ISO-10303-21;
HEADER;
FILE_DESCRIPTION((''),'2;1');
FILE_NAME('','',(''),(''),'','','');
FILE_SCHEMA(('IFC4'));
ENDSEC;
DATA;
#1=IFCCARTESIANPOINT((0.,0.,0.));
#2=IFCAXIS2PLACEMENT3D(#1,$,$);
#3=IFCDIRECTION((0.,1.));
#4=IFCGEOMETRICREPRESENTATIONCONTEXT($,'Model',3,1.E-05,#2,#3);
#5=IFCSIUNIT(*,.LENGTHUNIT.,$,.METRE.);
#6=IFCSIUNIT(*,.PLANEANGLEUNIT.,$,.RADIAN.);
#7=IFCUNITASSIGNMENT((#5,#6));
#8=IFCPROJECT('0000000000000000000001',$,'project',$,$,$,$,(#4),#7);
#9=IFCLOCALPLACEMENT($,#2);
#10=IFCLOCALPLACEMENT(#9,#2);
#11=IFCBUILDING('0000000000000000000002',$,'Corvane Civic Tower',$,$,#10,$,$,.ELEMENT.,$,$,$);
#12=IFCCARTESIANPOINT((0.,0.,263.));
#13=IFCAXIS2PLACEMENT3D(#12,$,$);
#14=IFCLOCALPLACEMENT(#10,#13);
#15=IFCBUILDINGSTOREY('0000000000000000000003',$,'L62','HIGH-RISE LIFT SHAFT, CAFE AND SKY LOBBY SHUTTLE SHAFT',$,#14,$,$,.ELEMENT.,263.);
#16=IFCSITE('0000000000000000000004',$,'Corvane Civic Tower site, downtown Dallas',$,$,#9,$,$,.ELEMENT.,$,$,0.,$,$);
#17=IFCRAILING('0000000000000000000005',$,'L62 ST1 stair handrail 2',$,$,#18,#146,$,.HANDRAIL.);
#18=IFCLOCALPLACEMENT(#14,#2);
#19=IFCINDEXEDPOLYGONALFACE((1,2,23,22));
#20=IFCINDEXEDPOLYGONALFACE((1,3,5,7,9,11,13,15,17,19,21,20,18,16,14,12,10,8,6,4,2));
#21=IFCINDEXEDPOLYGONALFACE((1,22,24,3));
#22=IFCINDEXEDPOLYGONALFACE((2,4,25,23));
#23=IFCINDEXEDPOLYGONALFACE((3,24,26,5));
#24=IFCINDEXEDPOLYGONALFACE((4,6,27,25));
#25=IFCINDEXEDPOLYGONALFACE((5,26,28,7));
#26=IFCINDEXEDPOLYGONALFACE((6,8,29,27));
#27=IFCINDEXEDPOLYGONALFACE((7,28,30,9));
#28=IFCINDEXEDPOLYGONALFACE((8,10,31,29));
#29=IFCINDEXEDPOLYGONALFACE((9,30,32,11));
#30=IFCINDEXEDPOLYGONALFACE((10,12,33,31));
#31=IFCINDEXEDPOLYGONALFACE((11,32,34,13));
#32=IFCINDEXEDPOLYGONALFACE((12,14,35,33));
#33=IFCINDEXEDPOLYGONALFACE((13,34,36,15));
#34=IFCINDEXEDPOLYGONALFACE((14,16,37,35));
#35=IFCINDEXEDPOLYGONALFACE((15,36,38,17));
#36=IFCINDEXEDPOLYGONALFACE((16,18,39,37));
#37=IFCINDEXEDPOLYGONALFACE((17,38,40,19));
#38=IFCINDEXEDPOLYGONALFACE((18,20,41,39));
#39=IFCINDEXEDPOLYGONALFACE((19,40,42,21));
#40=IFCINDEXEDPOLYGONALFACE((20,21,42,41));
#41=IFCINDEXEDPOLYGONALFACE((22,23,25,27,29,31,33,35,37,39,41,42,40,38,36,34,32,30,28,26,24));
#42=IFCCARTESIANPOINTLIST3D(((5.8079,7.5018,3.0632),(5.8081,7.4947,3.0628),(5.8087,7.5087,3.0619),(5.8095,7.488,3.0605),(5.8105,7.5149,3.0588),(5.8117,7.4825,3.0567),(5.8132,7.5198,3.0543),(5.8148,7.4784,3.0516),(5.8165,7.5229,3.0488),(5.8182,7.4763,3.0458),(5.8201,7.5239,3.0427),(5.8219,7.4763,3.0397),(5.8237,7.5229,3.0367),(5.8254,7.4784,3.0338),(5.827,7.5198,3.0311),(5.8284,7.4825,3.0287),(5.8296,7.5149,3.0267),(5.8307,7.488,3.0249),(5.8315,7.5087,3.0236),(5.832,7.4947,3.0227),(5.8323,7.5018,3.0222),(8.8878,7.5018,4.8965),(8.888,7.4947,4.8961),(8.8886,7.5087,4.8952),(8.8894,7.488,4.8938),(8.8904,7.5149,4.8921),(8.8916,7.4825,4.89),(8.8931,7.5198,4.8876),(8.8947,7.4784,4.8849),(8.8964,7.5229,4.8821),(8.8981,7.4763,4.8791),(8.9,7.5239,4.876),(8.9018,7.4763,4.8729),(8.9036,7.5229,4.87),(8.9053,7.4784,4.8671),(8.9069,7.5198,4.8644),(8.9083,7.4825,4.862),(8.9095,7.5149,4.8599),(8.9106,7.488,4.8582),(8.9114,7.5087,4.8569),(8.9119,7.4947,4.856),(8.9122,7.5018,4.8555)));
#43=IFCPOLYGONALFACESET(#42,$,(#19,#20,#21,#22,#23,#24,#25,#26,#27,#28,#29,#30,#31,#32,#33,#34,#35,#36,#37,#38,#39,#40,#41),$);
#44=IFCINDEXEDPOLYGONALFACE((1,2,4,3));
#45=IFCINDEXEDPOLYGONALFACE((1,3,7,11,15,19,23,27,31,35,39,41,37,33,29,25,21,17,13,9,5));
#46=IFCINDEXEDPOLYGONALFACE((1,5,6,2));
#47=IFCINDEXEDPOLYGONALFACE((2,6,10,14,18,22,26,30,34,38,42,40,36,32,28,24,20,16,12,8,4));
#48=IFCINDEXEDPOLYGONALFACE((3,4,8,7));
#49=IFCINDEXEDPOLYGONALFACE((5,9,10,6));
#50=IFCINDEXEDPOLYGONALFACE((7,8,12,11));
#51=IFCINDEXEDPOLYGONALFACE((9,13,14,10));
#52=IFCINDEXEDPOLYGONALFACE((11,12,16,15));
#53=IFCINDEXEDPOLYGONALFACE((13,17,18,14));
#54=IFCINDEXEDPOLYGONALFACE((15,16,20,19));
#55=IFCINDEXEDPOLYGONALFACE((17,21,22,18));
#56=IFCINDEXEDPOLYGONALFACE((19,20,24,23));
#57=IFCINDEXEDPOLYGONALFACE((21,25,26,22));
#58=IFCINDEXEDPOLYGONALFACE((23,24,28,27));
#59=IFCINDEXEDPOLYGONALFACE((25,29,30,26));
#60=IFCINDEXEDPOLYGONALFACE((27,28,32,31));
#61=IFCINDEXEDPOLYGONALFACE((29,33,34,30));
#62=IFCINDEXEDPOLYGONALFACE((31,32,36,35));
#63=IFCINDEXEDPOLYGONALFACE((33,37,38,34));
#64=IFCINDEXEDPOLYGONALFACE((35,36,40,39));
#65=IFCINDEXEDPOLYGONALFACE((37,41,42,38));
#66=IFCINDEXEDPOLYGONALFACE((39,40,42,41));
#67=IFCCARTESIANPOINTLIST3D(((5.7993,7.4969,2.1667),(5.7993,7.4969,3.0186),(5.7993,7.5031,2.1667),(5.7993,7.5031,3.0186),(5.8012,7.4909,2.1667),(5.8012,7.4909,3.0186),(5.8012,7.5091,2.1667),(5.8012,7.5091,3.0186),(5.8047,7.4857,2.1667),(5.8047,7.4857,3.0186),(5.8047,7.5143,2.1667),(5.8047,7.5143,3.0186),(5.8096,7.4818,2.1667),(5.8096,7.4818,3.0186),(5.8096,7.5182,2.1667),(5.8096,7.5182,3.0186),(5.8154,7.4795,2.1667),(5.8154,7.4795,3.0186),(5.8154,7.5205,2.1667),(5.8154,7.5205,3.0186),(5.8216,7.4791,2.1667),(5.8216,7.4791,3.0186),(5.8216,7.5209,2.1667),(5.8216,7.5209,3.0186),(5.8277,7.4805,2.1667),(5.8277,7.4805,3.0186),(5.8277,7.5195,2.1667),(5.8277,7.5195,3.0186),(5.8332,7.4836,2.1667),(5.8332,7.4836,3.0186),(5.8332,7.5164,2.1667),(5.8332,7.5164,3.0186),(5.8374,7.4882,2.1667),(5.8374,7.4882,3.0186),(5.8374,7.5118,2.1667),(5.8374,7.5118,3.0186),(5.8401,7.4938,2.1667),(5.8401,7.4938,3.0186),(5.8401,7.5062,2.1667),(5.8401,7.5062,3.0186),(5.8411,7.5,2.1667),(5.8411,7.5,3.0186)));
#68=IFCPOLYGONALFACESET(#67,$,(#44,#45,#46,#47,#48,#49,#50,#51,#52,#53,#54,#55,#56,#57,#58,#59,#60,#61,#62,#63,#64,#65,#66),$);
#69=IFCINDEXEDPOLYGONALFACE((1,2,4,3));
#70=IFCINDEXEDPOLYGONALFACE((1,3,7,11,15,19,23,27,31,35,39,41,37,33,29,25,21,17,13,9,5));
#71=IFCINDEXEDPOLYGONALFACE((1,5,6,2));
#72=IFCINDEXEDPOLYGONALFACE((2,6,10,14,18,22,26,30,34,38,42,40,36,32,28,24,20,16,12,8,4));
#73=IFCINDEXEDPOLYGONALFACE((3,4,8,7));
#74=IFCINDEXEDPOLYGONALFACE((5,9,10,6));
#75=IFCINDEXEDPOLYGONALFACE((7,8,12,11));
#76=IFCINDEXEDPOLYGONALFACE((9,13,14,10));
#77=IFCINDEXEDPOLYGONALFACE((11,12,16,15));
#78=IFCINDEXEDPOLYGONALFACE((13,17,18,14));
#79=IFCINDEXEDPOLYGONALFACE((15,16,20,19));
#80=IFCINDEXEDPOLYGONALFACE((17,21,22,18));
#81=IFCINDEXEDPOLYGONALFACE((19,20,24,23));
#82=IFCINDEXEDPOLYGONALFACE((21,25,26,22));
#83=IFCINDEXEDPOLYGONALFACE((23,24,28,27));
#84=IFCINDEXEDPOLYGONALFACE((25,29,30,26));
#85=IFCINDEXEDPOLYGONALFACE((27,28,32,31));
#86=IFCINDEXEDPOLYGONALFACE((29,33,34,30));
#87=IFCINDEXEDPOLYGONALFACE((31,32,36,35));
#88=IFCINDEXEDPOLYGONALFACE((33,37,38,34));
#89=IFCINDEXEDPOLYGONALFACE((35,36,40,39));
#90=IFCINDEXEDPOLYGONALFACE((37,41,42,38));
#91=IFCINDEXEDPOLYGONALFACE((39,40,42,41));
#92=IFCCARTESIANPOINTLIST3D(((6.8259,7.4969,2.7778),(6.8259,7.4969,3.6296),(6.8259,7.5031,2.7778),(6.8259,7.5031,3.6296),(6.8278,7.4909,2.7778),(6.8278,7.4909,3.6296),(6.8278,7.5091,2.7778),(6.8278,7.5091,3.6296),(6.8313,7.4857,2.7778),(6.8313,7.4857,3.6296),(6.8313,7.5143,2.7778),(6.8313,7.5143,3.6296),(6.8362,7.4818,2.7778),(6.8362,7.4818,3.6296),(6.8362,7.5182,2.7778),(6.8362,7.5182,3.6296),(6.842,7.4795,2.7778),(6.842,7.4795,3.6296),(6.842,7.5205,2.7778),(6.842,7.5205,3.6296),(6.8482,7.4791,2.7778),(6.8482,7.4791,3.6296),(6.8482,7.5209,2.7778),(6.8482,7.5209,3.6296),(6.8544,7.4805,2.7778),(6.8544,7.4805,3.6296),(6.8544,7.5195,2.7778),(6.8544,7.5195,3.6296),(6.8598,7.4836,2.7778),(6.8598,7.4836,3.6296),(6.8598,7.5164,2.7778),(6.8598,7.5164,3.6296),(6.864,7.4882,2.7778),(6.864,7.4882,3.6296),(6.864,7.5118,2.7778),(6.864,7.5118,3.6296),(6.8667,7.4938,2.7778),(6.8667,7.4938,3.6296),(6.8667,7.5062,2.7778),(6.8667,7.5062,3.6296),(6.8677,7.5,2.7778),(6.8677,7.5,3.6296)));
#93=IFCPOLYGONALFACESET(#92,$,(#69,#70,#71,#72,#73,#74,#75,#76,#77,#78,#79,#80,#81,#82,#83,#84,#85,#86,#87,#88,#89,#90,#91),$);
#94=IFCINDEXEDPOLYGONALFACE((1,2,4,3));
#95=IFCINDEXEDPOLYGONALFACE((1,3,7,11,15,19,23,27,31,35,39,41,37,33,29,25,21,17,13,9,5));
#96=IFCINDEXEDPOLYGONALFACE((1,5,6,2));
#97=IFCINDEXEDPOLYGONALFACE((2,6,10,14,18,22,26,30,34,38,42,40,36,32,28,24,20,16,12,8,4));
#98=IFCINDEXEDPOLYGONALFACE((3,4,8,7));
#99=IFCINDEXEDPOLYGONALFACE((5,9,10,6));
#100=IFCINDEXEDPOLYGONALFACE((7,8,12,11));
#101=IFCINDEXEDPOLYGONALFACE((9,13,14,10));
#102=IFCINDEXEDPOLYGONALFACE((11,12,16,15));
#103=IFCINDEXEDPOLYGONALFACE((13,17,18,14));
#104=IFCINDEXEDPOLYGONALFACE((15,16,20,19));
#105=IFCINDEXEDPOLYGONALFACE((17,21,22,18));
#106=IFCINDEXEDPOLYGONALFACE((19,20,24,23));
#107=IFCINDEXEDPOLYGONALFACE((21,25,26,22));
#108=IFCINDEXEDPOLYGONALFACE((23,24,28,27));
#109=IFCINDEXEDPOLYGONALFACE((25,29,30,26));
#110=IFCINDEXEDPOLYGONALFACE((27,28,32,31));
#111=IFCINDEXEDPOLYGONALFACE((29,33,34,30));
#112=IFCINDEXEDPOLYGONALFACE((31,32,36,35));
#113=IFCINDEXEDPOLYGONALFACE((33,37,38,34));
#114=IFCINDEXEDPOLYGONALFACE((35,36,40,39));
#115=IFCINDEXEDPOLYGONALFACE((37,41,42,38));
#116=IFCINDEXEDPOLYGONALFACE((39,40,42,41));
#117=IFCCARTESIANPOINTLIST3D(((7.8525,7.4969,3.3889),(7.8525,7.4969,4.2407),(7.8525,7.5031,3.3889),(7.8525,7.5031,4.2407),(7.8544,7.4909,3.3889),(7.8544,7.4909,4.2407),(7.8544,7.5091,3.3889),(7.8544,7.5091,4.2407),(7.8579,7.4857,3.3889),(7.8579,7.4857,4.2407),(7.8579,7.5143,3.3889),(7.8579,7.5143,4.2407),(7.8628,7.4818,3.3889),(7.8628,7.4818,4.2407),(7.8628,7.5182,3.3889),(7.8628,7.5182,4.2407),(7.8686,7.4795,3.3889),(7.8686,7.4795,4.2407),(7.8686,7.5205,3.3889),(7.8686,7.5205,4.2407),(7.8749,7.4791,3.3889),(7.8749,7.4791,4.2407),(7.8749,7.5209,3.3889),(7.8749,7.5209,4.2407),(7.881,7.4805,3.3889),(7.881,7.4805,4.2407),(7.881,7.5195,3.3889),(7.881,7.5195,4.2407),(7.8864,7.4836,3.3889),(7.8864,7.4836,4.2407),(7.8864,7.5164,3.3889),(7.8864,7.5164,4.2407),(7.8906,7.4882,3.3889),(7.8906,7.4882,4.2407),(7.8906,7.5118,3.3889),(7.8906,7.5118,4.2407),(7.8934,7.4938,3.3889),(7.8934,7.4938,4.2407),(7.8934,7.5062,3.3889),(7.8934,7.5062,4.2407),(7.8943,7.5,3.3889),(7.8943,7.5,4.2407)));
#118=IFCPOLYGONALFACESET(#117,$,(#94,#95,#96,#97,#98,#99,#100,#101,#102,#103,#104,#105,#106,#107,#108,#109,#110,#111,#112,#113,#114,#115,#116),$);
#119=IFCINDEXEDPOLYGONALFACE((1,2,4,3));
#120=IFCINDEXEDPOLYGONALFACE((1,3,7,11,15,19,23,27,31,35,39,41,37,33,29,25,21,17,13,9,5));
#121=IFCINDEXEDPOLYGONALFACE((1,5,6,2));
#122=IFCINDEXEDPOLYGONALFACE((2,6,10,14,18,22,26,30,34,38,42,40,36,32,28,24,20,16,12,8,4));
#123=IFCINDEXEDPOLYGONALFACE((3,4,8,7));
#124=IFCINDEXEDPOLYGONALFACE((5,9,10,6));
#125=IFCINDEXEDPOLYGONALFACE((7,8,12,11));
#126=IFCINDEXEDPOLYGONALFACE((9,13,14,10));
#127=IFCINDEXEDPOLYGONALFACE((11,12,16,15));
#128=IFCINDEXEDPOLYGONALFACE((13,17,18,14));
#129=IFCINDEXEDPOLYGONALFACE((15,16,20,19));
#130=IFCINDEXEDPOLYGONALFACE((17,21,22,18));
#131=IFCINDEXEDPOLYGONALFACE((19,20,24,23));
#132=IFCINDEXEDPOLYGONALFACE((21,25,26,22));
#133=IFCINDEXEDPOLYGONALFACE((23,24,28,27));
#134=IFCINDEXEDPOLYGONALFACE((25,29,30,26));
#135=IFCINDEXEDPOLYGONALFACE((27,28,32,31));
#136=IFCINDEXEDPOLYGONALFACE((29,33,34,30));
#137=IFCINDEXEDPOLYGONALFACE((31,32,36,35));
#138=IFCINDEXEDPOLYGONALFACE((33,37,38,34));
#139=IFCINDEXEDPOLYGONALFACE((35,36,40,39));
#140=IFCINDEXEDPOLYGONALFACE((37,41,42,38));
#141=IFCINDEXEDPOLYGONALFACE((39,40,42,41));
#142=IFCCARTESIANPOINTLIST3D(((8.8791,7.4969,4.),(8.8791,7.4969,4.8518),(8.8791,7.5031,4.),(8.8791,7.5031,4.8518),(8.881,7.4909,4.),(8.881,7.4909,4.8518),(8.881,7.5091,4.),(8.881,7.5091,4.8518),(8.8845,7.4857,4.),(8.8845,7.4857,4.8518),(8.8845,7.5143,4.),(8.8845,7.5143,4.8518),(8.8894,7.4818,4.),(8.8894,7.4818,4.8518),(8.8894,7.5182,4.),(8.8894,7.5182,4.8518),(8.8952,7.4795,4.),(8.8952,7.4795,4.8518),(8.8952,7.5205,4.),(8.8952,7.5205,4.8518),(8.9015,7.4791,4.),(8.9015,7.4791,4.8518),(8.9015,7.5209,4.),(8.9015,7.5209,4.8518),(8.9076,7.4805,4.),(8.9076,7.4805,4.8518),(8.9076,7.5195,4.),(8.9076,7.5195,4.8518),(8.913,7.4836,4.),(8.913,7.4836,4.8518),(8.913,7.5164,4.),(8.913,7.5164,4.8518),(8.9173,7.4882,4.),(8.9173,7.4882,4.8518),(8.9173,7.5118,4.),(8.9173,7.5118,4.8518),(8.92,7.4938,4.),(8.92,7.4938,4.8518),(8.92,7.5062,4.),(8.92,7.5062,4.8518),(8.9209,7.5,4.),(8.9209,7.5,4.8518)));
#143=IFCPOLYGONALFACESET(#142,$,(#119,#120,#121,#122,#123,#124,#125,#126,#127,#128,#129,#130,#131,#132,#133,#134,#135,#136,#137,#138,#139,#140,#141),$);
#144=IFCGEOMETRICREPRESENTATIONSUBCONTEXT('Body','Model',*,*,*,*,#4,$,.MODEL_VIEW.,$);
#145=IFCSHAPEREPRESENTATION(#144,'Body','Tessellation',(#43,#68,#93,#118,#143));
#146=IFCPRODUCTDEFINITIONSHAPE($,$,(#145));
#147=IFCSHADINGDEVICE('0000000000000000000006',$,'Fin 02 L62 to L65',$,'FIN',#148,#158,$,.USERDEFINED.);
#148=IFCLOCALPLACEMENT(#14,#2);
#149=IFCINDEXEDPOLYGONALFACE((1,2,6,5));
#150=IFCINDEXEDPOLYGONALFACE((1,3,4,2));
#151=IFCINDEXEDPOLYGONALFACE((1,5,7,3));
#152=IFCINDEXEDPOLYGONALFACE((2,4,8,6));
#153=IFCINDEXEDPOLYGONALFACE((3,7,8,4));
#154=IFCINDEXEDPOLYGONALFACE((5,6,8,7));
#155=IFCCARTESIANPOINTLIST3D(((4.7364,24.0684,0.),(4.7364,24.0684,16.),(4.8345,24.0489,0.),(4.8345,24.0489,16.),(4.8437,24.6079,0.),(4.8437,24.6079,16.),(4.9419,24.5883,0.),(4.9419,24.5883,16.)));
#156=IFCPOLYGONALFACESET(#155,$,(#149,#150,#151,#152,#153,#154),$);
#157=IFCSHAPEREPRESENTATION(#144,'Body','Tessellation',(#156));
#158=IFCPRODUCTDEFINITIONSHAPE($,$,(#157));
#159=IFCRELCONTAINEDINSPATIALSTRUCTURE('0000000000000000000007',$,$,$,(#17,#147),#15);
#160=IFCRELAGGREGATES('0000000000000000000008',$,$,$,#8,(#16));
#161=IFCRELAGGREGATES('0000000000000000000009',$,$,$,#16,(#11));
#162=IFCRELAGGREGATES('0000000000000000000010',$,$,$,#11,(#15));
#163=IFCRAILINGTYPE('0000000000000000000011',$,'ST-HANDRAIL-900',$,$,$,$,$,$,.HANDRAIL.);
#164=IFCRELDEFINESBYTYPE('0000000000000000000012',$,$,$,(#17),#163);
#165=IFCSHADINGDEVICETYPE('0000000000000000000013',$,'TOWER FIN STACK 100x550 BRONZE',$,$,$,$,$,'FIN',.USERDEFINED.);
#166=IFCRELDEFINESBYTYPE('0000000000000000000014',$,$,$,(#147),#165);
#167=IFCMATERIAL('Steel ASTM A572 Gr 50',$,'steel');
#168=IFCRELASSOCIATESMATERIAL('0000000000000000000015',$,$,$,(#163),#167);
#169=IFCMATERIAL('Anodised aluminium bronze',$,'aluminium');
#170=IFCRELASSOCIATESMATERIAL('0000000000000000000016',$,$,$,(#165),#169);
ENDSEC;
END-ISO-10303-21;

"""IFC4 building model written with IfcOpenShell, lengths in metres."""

from ifc_helpers import new_model, si_unit, direction, frame, origin, origin_2d, place, context, subcontext, project, spatial, rectangle, circle, extrude, material, material_profile, profile_set, type_object, element, save


model = new_model("IFC4")

# Units and contexts
model_context = context("Model", 3, precision=1e-05, world=origin(), true_north=direction((0.0, 1.0)))
body_context = subcontext(model_context, "Body", "Model", "MODEL_VIEW")
ifc_project = project(units=[si_unit("LENGTHUNIT", "METRE"), si_unit("PLANEANGLEUNIT", "RADIAN")], contexts=[model_context])

# Site, building, storey
site_placement = place(None, origin())
site = spatial("IfcSite", under=ifc_project, at=site_placement, Name="Corvane Civic Tower site, downtown Dallas", CompositionType="ELEMENT", RefElevation=0.0)
building_placement = place(site_placement, origin())
building = spatial("IfcBuilding", under=site, at=building_placement, Name="Corvane Civic Tower", CompositionType="ELEMENT")
storey_placement = place(building_placement, frame((0.0, 0.0, 263.0)))
storey = spatial("IfcBuildingStorey", under=building, at=storey_placement, Name="L62", Description="HIGH-RISE LIFT SHAFT, CAFE AND SKY LOBBY SHUTTLE SHAFT", CompositionType="ELEMENT", Elevation=263.0)

# Railing
ifc_material_1 = material(Name="Steel ASTM A572 Gr 50", Category="steel")
railing_type_1 = type_object("IfcRailingType", Name="ST-HANDRAIL-900", PredefinedType="HANDRAIL", material=ifc_material_1)
railing_1_placement = place(storey_placement, frame((5.8201, 7.5, 2.1667)))
element("IfcRailing", 1, at=railing_1_placement, inside=storey, type_object=railing_type_1, Name="L62 ST1 stair handrail 2", PredefinedType="HANDRAIL", context=body_context, shape_type="SweptSolid", body=[
    extrude(circle(Radius=0.0239, at=origin_2d()), frame((0.0, 0.0, 0.876), z_axis=(0.859291, 0.0, 0.511487), x_axis=(0.0, 1.0, 0.0)), (0.0, 0.0, 1.0), 3.5842),
    extrude(circle(Radius=0.021, at=origin_2d()), origin(), (0.0, 0.0, 1.0), 0.8518),
    extrude(circle(Radius=0.021, at=origin_2d()), frame((1.0266, 0.0, 0.6111)), (0.0, 0.0, 1.0), 0.8518),
    extrude(circle(Radius=0.021, at=origin_2d()), frame((2.0532, 0.0, 1.2222)), (0.0, 0.0, 1.0), 0.8518),
    extrude(circle(Radius=0.021, at=origin_2d()), frame((3.0798, 0.0, 1.8333)), (0.0, 0.0, 1.0), 0.8518),
])

# Shading device
ifc_material_2 = material(Name="Anodised aluminium bronze", Category="aluminium")
ifc_material_profile_1 = material_profile(ifc_material_2, rectangle(XDim=0.1001, YDim=0.55, at=origin_2d()), Name="TOWER FIN STACK 100x550 BRONZE")
ifc_profile_set_1 = profile_set([ifc_material_profile_1], Name="Anodised aluminium bronze")
shading_device_type = type_object("IfcShadingDeviceType", Name="TOWER FIN STACK 100x550 BRONZE", ElementType="FIN", PredefinedType="USERDEFINED", material=ifc_profile_set_1)
shading_device_placement = place(storey_placement, frame((4.8391, 24.3284, 0.0), z_axis=(0.0, 0.0, 1.0), x_axis=(0.980785, -0.19509, 0.0)))
element("IfcShadingDevice", 2, at=shading_device_placement, inside=storey, type_object=shading_device_type, Name="Fin 02 L62 to L65", ObjectType="FIN", PredefinedType="USERDEFINED", context=body_context, shape_type="SweptSolid", body=[
    extrude(rectangle(XDim=0.1001, YDim=0.55, at=origin_2d()), origin(), (0.0, 0.0, 1.0), 16.0),
])

save(model, "model.ifc")
